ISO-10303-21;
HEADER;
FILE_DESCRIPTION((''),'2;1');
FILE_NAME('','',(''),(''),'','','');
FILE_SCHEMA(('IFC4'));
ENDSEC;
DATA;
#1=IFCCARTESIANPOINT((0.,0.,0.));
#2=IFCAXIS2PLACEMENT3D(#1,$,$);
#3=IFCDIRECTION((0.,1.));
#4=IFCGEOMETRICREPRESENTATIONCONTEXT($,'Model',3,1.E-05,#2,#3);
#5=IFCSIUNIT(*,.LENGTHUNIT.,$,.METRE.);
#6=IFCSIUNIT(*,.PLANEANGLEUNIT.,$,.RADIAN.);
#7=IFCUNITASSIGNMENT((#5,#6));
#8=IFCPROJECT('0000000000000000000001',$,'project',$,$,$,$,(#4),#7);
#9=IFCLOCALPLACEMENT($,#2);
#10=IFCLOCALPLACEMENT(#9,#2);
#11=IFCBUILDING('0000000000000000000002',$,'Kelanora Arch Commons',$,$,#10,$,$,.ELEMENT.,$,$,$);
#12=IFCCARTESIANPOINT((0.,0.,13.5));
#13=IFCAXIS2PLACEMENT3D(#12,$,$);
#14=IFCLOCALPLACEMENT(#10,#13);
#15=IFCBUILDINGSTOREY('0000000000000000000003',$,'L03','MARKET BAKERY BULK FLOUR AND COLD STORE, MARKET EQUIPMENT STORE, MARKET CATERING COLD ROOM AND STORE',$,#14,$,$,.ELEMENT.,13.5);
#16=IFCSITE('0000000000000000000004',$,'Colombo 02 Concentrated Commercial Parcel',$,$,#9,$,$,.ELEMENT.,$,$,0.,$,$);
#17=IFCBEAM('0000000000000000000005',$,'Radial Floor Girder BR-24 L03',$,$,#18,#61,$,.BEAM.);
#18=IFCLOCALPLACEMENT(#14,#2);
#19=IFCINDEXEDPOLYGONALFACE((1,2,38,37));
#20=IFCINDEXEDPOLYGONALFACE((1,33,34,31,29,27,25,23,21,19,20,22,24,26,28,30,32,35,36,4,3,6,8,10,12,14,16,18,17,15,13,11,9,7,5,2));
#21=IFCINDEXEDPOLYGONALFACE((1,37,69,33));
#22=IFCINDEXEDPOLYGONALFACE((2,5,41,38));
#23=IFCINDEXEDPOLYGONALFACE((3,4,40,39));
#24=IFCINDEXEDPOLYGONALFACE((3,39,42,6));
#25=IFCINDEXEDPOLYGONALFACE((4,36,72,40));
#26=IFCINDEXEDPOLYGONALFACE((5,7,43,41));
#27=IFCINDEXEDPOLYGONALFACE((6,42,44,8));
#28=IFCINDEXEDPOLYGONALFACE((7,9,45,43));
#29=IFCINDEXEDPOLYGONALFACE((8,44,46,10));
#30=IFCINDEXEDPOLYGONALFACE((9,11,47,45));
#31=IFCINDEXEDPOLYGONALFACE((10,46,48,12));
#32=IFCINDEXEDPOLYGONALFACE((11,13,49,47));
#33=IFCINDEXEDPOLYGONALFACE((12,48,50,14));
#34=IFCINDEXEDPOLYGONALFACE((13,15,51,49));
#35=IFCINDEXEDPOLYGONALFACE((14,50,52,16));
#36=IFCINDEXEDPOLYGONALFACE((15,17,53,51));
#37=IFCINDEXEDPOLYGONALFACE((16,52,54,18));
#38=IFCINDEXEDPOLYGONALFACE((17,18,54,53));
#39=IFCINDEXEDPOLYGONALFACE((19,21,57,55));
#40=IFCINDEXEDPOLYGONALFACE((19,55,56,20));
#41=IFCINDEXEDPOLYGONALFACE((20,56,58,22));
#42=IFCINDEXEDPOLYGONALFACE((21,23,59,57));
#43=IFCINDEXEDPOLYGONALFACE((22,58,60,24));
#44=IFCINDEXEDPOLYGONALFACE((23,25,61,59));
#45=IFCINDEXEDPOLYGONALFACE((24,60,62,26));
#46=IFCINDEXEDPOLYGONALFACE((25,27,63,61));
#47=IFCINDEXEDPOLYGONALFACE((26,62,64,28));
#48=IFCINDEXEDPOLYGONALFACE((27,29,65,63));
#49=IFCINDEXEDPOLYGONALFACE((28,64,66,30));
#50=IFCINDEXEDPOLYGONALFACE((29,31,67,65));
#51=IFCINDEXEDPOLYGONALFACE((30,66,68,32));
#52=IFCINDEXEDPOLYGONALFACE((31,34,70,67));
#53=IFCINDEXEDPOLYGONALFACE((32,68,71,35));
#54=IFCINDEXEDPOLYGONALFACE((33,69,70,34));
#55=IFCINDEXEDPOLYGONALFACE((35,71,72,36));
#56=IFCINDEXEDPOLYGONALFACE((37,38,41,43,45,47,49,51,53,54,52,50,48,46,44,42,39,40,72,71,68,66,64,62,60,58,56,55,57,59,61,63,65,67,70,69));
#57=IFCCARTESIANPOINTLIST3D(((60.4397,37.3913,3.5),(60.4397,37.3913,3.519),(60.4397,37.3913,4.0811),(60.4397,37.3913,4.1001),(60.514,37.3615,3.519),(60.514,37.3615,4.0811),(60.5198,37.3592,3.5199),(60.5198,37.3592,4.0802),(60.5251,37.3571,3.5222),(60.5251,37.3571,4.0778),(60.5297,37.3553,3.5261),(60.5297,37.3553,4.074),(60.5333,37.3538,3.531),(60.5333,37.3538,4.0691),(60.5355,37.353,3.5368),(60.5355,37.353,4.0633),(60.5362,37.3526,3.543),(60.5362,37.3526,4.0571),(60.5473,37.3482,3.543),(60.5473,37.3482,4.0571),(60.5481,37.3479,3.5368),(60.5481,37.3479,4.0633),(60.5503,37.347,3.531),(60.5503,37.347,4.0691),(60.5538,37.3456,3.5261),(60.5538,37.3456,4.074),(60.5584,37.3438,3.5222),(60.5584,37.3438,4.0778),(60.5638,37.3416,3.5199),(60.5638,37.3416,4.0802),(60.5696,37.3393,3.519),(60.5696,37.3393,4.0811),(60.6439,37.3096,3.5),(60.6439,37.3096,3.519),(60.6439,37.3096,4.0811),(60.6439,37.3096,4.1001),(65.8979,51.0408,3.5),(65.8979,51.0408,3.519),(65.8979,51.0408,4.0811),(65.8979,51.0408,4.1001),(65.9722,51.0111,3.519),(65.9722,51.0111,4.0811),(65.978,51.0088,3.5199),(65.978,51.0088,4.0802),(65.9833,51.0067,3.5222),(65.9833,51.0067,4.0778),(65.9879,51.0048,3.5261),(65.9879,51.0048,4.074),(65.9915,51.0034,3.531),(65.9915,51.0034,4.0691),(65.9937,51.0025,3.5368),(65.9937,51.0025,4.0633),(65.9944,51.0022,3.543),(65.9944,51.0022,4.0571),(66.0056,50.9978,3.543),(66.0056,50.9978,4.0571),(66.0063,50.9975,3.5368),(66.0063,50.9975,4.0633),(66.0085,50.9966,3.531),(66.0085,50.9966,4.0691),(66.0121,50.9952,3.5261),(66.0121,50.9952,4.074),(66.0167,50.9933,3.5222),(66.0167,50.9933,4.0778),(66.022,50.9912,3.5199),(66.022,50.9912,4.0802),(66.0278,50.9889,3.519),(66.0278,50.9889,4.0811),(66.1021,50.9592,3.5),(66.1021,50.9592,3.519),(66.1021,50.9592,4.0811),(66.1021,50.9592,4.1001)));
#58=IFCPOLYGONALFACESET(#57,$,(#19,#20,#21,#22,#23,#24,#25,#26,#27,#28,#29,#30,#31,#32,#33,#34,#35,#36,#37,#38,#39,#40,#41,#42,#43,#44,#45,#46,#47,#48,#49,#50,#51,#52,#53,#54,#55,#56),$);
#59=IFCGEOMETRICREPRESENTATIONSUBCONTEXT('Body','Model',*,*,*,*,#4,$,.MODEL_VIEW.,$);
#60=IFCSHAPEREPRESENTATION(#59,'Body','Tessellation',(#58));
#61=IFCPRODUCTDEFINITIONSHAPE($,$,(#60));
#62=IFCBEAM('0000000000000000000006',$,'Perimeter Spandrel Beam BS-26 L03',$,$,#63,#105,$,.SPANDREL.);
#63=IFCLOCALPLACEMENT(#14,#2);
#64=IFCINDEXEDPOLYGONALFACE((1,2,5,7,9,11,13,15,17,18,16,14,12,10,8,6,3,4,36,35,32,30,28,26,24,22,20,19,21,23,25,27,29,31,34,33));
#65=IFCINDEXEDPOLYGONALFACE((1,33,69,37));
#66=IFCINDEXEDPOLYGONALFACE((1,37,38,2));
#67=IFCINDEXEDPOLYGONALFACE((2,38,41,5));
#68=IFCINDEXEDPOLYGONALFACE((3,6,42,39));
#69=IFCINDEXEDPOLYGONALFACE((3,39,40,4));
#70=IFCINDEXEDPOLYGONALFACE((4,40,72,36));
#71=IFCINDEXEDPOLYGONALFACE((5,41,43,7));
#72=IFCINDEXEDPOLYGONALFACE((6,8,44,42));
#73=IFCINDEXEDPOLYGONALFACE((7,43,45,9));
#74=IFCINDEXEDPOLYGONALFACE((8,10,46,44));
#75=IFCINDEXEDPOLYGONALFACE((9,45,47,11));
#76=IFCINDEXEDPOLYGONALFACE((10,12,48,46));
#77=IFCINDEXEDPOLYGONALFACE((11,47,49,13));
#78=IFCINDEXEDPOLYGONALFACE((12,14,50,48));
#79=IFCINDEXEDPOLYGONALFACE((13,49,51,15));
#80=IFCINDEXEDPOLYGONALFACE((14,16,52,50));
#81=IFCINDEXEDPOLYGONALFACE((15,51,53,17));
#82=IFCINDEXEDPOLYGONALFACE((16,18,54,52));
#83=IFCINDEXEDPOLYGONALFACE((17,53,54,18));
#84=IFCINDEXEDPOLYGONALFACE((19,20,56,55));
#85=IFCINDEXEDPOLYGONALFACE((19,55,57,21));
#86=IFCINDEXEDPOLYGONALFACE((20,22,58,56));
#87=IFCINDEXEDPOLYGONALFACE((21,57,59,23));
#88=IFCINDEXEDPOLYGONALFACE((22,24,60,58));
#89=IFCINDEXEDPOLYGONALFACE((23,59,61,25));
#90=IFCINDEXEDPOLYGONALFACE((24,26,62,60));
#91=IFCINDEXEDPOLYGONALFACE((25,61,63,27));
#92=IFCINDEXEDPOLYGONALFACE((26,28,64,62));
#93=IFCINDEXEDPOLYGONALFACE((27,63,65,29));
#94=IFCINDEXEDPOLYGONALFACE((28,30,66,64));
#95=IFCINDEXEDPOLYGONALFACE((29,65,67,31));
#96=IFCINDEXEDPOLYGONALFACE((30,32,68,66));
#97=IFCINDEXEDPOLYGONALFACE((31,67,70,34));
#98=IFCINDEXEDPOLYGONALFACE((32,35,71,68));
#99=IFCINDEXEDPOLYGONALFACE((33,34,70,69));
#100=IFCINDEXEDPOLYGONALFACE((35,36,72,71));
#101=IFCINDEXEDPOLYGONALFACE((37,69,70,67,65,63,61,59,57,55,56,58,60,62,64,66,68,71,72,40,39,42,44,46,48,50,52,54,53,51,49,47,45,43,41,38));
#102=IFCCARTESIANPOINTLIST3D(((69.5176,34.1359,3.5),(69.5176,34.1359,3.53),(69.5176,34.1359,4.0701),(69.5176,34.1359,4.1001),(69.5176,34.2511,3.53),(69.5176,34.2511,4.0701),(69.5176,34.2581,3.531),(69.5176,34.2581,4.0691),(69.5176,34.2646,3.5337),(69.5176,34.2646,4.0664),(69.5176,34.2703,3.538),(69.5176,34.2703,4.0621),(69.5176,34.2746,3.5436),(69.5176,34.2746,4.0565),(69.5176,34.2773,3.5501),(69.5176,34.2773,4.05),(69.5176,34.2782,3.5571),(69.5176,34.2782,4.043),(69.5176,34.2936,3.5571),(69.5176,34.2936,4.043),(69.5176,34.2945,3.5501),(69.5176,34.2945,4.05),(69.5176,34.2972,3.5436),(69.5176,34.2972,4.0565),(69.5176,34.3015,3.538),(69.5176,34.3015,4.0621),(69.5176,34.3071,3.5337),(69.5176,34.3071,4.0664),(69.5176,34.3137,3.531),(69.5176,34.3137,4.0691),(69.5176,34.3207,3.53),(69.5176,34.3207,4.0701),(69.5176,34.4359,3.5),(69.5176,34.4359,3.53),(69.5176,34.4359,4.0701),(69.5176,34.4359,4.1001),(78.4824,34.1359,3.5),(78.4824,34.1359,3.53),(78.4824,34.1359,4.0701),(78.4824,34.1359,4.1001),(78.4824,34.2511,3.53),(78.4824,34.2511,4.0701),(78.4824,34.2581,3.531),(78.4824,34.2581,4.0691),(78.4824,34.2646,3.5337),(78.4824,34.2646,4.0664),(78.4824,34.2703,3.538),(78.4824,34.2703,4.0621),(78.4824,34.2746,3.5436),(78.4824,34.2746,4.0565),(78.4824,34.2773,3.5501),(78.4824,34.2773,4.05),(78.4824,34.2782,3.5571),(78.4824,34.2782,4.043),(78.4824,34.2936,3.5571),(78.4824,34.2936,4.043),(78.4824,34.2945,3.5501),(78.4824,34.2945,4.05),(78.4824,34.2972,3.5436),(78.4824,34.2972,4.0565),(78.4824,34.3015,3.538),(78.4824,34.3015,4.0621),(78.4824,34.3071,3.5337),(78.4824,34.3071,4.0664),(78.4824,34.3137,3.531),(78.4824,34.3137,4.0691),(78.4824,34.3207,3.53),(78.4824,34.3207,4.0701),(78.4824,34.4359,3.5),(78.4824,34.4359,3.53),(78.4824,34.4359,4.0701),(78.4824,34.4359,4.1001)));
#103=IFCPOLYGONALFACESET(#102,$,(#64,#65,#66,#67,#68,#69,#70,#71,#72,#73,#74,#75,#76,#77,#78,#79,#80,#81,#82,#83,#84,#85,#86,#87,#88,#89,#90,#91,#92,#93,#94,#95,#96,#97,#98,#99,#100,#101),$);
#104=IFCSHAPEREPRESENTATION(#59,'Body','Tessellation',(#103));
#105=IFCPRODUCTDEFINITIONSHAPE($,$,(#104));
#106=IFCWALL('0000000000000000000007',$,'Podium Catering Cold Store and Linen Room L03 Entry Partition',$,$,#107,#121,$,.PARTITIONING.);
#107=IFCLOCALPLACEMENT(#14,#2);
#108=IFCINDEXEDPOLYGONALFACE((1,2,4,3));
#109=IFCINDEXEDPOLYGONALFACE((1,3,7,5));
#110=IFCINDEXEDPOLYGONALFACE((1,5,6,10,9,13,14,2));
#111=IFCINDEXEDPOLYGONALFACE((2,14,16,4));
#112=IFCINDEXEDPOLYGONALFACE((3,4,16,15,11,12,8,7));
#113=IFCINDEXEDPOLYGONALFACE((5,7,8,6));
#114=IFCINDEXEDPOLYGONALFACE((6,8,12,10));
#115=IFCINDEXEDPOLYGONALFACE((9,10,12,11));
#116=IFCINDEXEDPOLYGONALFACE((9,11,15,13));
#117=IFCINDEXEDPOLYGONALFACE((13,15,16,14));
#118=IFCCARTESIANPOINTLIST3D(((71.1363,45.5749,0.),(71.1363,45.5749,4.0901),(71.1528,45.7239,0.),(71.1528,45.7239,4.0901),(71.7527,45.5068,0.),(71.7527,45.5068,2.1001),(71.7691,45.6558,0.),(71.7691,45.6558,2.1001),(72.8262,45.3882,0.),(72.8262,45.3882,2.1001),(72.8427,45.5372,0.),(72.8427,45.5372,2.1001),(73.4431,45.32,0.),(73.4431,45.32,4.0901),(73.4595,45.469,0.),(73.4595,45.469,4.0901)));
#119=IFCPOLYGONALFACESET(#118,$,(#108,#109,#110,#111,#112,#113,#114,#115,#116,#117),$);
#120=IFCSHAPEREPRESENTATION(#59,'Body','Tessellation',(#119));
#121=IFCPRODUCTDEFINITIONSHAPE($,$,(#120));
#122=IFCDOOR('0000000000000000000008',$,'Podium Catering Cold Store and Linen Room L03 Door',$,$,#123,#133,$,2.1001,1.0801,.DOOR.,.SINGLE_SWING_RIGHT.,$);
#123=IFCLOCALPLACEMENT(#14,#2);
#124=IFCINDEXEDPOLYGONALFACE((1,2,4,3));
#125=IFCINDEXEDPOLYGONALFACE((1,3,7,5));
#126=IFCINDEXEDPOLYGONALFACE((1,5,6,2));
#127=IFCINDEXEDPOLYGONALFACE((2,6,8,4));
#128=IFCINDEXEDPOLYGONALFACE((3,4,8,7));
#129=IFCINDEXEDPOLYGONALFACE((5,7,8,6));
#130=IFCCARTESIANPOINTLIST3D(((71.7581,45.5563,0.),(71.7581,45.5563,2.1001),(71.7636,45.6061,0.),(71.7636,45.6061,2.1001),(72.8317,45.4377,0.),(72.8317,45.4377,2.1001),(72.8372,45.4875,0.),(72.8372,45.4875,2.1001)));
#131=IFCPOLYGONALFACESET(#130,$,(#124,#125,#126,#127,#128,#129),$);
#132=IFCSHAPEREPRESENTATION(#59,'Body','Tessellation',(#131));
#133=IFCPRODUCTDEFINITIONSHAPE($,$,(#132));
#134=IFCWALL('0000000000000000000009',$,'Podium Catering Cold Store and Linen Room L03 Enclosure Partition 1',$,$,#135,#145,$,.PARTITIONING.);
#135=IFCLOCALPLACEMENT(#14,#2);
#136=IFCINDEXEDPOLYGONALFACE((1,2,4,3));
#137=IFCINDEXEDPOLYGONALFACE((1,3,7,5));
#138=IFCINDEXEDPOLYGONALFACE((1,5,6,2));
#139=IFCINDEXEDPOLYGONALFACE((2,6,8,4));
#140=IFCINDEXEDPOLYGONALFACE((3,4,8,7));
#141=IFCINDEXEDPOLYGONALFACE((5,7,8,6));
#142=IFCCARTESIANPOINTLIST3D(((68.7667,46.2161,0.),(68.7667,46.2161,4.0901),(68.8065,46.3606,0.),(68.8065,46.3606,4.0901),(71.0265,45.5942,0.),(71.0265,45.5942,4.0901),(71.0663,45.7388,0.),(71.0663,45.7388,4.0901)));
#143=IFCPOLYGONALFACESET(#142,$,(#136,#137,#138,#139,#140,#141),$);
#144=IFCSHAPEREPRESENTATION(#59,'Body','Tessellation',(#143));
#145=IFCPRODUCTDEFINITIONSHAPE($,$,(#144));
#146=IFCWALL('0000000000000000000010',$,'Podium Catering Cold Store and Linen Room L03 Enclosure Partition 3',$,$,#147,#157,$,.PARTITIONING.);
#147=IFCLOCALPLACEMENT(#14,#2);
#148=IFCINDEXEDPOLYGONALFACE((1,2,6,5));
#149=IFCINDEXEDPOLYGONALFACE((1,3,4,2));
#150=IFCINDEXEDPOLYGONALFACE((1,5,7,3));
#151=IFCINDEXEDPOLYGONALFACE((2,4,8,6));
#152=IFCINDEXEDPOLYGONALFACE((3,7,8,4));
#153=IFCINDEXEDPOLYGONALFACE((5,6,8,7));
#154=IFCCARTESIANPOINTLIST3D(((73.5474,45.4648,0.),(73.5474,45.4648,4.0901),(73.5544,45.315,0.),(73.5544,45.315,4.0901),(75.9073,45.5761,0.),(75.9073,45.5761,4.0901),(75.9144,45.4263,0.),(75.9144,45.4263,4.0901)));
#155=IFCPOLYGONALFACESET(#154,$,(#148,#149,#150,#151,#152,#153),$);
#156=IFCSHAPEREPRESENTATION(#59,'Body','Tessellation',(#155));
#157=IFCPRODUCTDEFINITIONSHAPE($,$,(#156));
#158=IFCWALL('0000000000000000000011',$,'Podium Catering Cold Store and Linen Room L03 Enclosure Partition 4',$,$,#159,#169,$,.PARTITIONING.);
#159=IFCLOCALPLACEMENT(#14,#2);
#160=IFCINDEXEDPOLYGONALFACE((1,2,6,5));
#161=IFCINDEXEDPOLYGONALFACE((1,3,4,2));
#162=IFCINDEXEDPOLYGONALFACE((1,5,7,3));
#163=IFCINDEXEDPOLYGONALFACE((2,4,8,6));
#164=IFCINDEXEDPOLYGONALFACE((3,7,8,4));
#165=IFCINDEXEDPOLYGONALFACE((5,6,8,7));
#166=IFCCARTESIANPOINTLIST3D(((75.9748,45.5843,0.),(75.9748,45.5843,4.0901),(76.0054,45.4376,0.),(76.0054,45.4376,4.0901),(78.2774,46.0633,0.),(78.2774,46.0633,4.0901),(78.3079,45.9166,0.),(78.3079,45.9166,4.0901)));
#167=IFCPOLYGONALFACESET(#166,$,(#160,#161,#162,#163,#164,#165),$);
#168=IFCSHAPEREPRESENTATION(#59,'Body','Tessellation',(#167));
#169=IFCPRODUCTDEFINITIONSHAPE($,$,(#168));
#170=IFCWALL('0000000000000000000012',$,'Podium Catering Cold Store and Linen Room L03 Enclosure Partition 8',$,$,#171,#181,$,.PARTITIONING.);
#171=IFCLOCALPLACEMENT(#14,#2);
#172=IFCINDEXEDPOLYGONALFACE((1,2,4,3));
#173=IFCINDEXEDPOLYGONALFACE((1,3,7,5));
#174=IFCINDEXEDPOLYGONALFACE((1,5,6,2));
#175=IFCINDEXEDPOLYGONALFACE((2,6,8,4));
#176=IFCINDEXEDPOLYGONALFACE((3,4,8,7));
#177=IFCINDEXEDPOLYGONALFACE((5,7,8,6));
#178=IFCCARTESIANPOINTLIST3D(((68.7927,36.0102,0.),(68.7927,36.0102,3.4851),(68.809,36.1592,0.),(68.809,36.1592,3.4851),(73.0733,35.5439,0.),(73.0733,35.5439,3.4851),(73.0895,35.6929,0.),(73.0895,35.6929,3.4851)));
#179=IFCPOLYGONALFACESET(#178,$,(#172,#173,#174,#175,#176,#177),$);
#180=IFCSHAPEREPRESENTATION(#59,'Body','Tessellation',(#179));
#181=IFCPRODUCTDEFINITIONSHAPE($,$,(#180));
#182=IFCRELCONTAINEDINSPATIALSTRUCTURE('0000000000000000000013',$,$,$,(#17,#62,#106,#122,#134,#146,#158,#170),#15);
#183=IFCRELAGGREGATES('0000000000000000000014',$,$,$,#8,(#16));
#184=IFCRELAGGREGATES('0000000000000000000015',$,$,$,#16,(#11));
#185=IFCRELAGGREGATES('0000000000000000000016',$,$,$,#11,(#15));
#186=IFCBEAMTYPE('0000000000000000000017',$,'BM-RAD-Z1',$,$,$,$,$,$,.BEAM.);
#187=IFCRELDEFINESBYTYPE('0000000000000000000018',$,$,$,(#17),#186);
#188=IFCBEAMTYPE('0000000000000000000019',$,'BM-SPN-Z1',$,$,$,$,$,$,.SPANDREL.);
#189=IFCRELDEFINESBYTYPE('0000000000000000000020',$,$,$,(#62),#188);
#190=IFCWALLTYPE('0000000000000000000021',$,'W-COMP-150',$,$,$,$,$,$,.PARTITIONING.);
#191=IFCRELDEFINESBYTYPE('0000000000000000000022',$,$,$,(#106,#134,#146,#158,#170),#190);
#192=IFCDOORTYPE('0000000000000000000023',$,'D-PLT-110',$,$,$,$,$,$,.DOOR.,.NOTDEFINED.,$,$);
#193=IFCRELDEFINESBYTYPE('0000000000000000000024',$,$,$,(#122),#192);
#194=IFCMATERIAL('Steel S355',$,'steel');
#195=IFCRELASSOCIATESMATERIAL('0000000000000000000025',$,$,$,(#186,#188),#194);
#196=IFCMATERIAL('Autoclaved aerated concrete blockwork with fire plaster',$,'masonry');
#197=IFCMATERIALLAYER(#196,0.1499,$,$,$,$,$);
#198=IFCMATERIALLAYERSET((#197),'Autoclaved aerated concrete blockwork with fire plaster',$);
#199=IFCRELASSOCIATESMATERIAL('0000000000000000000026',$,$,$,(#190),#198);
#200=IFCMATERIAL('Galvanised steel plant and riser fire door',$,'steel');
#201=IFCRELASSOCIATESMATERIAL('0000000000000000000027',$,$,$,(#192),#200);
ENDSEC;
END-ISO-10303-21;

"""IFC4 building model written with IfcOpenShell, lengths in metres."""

from ifc_helpers import new_model, si_unit, direction, frame, frame_2d, origin, origin_2d, place, context, subcontext, project, spatial, rectangle, i_section, extrude, material, layer, layer_set, material_profile, profile_set, type_object, element, fill, save


model = new_model("IFC4")

# Units and contexts
model_context = context("Model", 3, precision=1e-05, world=origin(), true_north=direction((0.0, 1.0)))
body_context = subcontext(model_context, "Body", "Model", "MODEL_VIEW")
ifc_project = project(units=[si_unit("LENGTHUNIT", "METRE"), si_unit("PLANEANGLEUNIT", "RADIAN")], contexts=[model_context])

# Site, building, storey
site_placement = place(None, origin())
site = spatial("IfcSite", under=ifc_project, at=site_placement, Name="Colombo 02 Concentrated Commercial Parcel", CompositionType="ELEMENT", RefElevation=0.0)
building_placement = place(site_placement, origin())
building = spatial("IfcBuilding", under=site, at=building_placement, Name="Kelanora Arch Commons", CompositionType="ELEMENT")
storey_placement = place(building_placement, frame((0.0, 0.0, 13.5)))
storey = spatial("IfcBuildingStorey", under=building, at=storey_placement, Name="L03", Description="MARKET BAKERY BULK FLOUR AND COLD STORE, MARKET EQUIPMENT STORE, MARKET CATERING COLD ROOM AND STORE", CompositionType="ELEMENT", Elevation=13.5)

# Beams
ifc_material_1 = material(Name="Steel S355", Category="steel")
ifc_material_profile_1 = material_profile(ifc_material_1, i_section(OverallWidth=0.22, OverallDepth=0.6001, WebThickness=0.012, FlangeThickness=0.019, FilletRadius=0.0239, at=origin_2d()), Name="IPE600")
ifc_profile_set_1 = profile_set([ifc_material_profile_1], Name="Steel S355")
beam_type_1 = type_object("IfcBeamType", Name="BM-RAD-Z1", PredefinedType="BEAM", material=ifc_profile_set_1)
beam_1_placement = place(storey_placement, frame((66.0, 51.0, 3.8), z_axis=(-0.371296, -0.928514, 0.0), x_axis=(0.928514, -0.371296, 0.0)))
element("IfcBeam", 1, at=beam_1_placement, inside=storey, type_object=beam_type_1, Name="Radial Floor Girder BR-24 L03", PredefinedType="BEAM", context=body_context, shape_type="SweptSolid", body=[
    extrude(i_section(OverallWidth=0.22, OverallDepth=0.6001, WebThickness=0.012, FlangeThickness=0.019, FilletRadius=0.0239, at=origin_2d()), origin(), (0.0, 0.0, 1.0), 14.7004),
])
ifc_material_profile_2 = material_profile(ifc_material_1, i_section(OverallWidth=0.3, OverallDepth=0.6001, WebThickness=0.0154, FlangeThickness=0.03, FilletRadius=0.0271, at=origin_2d()), Name="HEB600")
ifc_profile_set_2 = profile_set([ifc_material_profile_2], Name="Steel S355")
beam_type_2 = type_object("IfcBeamType", Name="BM-SPN-Z1", PredefinedType="SPANDREL", material=ifc_profile_set_2)
beam_2_placement = place(storey_placement, frame((69.5176, 34.2859, 3.8), z_axis=(1.0, 0.0, 0.0), x_axis=(0.0, 1.0, 0.0)))
element("IfcBeam", 2, at=beam_2_placement, inside=storey, type_object=beam_type_2, Name="Perimeter Spandrel Beam BS-26 L03", PredefinedType="SPANDREL", context=body_context, shape_type="SweptSolid", body=[
    extrude(i_section(OverallWidth=0.3, OverallDepth=0.6001, WebThickness=0.0154, FlangeThickness=0.03, FilletRadius=0.0271, at=origin_2d()), origin(), (0.0, 0.0, 1.0), 8.9648),
])

# Wall, opening, door
ifc_material_2 = material(Name="Autoclaved aerated concrete blockwork with fire plaster", Category="masonry")
ifc_layer_1 = layer(ifc_material_2, 0.1499)
ifc_layer_set_1 = layer_set([ifc_layer_1], Name="Autoclaved aerated concrete blockwork with fire plaster")
wall_type_1 = type_object("IfcWallType", Name="W-COMP-150", PredefinedType="PARTITIONING", material=ifc_layer_set_1)
wall_1_placement = place(storey_placement, frame((71.1445, 45.6494, 0.0), z_axis=(0.0, 0.0, 1.0), x_axis=(0.993952, -0.10982, 0.0)))
wall_1 = element("IfcWall", 3, at=wall_1_placement, inside=storey, type_object=wall_type_1, Name="Podium Catering Cold Store and Linen Room L03 Entry Partition", PredefinedType="PARTITIONING", context=body_context, shape_type="SweptSolid", body=[
    extrude(rectangle(XDim=2.3208, YDim=0.1499, at=frame_2d((1.1604, 0.0))), origin(), (0.0, 0.0, 1.0), 4.0901),
])
opening_1_placement = place(wall_1_placement, frame((0.6201, 0.0, 0.0)))
opening_1 = element("IfcOpeningElement", 4, at=opening_1_placement, cuts=wall_1, PredefinedType="OPENING", context=body_context, shape_type="SweptSolid", body=[
    extrude(rectangle(XDim=1.0801, YDim=2.1001, at=frame_2d((0.54, 1.05))), frame((0.0, 0.085, 0.0), z_axis=(0.0, -1.0, 0.0), x_axis=(1.0, 0.0, 0.0)), (0.0, 0.0, 1.0), 0.1699),
])
ifc_material_3 = material(Name="Galvanised steel plant and riser fire door", Category="steel")
door_type = type_object("IfcDoorType", Name="D-PLT-110", OperationType="NOTDEFINED", PredefinedType="DOOR", material=ifc_material_3)
door_placement = place(opening_1_placement, origin())
door = element("IfcDoor", 5, at=door_placement, inside=storey, type_object=door_type, Name="Podium Catering Cold Store and Linen Room L03 Door", OperationType="SINGLE_SWING_RIGHT", OverallHeight=2.1001, OverallWidth=1.0801, PredefinedType="DOOR", context=body_context, shape_type="SweptSolid", body=[
    extrude(rectangle(XDim=1.0801, YDim=2.1001, at=frame_2d((0.54, 1.05))), frame((0.0, 0.0249, 0.0), z_axis=(0.0, -1.0, 0.0), x_axis=(1.0, 0.0, 0.0)), (0.0, 0.0, 1.0), 0.05),
])
fill(opening_1, door)

# Walls
wall_2_placement = place(storey_placement, frame((68.7866, 46.2883, 0.0), z_axis=(0.0, 0.0, 1.0), x_axis=(0.964163, -0.265311, 0.0)))
element("IfcWall", 6, at=wall_2_placement, inside=storey, type_object=wall_type_1, Name="Podium Catering Cold Store and Linen Room L03 Enclosure Partition 1", PredefinedType="PARTITIONING", context=body_context, shape_type="SweptSolid", body=[
    extrude(rectangle(XDim=2.3438, YDim=0.1499, at=frame_2d((1.1719, 0.0))), origin(), (0.0, 0.0, 1.0), 4.0901),
])
wall_3_placement = place(storey_placement, frame((73.551, 45.3899, 0.0), z_axis=(0.0, 0.0, 1.0), x_axis=(0.998889, 0.047123, 0.0)))
element("IfcWall", 7, at=wall_3_placement, inside=storey, type_object=wall_type_1, Name="Podium Catering Cold Store and Linen Room L03 Enclosure Partition 3", PredefinedType="PARTITIONING", context=body_context, shape_type="SweptSolid", body=[
    extrude(rectangle(XDim=2.3625, YDim=0.1499, at=frame_2d((1.1812, 0.0))), origin(), (0.0, 0.0, 1.0), 4.0901),
])
wall_4_placement = place(storey_placement, frame((75.9902, 45.511, 0.0), z_axis=(0.0, 0.0, 1.0), x_axis=(0.979038, 0.203676, 0.0)))
element("IfcWall", 8, at=wall_4_placement, inside=storey, type_object=wall_type_1, Name="Podium Catering Cold Store and Linen Room L03 Enclosure Partition 4", PredefinedType="PARTITIONING", context=body_context, shape_type="SweptSolid", body=[
    extrude(rectangle(XDim=2.3518, YDim=0.1499, at=frame_2d((1.1758, 0.0))), origin(), (0.0, 0.0, 1.0), 4.0901),
])
wall_5_placement = place(storey_placement, frame((73.0813, 35.6184, 0.0), z_axis=(0.0, 0.0, 1.0), x_axis=(-0.994119, 0.108297, 0.0)))
element("IfcWall", 9, at=wall_5_placement, inside=storey, type_object=wall_type_1, Name="Podium Catering Cold Store and Linen Room L03 Enclosure Partition 8", PredefinedType="PARTITIONING", context=body_context, shape_type="SweptSolid", body=[
    extrude(rectangle(XDim=4.3059, YDim=0.1499, at=frame_2d((2.1528, 0.0))), origin(), (0.0, 0.0, 1.0), 3.4851),
])

save(model, "model.ifc")
